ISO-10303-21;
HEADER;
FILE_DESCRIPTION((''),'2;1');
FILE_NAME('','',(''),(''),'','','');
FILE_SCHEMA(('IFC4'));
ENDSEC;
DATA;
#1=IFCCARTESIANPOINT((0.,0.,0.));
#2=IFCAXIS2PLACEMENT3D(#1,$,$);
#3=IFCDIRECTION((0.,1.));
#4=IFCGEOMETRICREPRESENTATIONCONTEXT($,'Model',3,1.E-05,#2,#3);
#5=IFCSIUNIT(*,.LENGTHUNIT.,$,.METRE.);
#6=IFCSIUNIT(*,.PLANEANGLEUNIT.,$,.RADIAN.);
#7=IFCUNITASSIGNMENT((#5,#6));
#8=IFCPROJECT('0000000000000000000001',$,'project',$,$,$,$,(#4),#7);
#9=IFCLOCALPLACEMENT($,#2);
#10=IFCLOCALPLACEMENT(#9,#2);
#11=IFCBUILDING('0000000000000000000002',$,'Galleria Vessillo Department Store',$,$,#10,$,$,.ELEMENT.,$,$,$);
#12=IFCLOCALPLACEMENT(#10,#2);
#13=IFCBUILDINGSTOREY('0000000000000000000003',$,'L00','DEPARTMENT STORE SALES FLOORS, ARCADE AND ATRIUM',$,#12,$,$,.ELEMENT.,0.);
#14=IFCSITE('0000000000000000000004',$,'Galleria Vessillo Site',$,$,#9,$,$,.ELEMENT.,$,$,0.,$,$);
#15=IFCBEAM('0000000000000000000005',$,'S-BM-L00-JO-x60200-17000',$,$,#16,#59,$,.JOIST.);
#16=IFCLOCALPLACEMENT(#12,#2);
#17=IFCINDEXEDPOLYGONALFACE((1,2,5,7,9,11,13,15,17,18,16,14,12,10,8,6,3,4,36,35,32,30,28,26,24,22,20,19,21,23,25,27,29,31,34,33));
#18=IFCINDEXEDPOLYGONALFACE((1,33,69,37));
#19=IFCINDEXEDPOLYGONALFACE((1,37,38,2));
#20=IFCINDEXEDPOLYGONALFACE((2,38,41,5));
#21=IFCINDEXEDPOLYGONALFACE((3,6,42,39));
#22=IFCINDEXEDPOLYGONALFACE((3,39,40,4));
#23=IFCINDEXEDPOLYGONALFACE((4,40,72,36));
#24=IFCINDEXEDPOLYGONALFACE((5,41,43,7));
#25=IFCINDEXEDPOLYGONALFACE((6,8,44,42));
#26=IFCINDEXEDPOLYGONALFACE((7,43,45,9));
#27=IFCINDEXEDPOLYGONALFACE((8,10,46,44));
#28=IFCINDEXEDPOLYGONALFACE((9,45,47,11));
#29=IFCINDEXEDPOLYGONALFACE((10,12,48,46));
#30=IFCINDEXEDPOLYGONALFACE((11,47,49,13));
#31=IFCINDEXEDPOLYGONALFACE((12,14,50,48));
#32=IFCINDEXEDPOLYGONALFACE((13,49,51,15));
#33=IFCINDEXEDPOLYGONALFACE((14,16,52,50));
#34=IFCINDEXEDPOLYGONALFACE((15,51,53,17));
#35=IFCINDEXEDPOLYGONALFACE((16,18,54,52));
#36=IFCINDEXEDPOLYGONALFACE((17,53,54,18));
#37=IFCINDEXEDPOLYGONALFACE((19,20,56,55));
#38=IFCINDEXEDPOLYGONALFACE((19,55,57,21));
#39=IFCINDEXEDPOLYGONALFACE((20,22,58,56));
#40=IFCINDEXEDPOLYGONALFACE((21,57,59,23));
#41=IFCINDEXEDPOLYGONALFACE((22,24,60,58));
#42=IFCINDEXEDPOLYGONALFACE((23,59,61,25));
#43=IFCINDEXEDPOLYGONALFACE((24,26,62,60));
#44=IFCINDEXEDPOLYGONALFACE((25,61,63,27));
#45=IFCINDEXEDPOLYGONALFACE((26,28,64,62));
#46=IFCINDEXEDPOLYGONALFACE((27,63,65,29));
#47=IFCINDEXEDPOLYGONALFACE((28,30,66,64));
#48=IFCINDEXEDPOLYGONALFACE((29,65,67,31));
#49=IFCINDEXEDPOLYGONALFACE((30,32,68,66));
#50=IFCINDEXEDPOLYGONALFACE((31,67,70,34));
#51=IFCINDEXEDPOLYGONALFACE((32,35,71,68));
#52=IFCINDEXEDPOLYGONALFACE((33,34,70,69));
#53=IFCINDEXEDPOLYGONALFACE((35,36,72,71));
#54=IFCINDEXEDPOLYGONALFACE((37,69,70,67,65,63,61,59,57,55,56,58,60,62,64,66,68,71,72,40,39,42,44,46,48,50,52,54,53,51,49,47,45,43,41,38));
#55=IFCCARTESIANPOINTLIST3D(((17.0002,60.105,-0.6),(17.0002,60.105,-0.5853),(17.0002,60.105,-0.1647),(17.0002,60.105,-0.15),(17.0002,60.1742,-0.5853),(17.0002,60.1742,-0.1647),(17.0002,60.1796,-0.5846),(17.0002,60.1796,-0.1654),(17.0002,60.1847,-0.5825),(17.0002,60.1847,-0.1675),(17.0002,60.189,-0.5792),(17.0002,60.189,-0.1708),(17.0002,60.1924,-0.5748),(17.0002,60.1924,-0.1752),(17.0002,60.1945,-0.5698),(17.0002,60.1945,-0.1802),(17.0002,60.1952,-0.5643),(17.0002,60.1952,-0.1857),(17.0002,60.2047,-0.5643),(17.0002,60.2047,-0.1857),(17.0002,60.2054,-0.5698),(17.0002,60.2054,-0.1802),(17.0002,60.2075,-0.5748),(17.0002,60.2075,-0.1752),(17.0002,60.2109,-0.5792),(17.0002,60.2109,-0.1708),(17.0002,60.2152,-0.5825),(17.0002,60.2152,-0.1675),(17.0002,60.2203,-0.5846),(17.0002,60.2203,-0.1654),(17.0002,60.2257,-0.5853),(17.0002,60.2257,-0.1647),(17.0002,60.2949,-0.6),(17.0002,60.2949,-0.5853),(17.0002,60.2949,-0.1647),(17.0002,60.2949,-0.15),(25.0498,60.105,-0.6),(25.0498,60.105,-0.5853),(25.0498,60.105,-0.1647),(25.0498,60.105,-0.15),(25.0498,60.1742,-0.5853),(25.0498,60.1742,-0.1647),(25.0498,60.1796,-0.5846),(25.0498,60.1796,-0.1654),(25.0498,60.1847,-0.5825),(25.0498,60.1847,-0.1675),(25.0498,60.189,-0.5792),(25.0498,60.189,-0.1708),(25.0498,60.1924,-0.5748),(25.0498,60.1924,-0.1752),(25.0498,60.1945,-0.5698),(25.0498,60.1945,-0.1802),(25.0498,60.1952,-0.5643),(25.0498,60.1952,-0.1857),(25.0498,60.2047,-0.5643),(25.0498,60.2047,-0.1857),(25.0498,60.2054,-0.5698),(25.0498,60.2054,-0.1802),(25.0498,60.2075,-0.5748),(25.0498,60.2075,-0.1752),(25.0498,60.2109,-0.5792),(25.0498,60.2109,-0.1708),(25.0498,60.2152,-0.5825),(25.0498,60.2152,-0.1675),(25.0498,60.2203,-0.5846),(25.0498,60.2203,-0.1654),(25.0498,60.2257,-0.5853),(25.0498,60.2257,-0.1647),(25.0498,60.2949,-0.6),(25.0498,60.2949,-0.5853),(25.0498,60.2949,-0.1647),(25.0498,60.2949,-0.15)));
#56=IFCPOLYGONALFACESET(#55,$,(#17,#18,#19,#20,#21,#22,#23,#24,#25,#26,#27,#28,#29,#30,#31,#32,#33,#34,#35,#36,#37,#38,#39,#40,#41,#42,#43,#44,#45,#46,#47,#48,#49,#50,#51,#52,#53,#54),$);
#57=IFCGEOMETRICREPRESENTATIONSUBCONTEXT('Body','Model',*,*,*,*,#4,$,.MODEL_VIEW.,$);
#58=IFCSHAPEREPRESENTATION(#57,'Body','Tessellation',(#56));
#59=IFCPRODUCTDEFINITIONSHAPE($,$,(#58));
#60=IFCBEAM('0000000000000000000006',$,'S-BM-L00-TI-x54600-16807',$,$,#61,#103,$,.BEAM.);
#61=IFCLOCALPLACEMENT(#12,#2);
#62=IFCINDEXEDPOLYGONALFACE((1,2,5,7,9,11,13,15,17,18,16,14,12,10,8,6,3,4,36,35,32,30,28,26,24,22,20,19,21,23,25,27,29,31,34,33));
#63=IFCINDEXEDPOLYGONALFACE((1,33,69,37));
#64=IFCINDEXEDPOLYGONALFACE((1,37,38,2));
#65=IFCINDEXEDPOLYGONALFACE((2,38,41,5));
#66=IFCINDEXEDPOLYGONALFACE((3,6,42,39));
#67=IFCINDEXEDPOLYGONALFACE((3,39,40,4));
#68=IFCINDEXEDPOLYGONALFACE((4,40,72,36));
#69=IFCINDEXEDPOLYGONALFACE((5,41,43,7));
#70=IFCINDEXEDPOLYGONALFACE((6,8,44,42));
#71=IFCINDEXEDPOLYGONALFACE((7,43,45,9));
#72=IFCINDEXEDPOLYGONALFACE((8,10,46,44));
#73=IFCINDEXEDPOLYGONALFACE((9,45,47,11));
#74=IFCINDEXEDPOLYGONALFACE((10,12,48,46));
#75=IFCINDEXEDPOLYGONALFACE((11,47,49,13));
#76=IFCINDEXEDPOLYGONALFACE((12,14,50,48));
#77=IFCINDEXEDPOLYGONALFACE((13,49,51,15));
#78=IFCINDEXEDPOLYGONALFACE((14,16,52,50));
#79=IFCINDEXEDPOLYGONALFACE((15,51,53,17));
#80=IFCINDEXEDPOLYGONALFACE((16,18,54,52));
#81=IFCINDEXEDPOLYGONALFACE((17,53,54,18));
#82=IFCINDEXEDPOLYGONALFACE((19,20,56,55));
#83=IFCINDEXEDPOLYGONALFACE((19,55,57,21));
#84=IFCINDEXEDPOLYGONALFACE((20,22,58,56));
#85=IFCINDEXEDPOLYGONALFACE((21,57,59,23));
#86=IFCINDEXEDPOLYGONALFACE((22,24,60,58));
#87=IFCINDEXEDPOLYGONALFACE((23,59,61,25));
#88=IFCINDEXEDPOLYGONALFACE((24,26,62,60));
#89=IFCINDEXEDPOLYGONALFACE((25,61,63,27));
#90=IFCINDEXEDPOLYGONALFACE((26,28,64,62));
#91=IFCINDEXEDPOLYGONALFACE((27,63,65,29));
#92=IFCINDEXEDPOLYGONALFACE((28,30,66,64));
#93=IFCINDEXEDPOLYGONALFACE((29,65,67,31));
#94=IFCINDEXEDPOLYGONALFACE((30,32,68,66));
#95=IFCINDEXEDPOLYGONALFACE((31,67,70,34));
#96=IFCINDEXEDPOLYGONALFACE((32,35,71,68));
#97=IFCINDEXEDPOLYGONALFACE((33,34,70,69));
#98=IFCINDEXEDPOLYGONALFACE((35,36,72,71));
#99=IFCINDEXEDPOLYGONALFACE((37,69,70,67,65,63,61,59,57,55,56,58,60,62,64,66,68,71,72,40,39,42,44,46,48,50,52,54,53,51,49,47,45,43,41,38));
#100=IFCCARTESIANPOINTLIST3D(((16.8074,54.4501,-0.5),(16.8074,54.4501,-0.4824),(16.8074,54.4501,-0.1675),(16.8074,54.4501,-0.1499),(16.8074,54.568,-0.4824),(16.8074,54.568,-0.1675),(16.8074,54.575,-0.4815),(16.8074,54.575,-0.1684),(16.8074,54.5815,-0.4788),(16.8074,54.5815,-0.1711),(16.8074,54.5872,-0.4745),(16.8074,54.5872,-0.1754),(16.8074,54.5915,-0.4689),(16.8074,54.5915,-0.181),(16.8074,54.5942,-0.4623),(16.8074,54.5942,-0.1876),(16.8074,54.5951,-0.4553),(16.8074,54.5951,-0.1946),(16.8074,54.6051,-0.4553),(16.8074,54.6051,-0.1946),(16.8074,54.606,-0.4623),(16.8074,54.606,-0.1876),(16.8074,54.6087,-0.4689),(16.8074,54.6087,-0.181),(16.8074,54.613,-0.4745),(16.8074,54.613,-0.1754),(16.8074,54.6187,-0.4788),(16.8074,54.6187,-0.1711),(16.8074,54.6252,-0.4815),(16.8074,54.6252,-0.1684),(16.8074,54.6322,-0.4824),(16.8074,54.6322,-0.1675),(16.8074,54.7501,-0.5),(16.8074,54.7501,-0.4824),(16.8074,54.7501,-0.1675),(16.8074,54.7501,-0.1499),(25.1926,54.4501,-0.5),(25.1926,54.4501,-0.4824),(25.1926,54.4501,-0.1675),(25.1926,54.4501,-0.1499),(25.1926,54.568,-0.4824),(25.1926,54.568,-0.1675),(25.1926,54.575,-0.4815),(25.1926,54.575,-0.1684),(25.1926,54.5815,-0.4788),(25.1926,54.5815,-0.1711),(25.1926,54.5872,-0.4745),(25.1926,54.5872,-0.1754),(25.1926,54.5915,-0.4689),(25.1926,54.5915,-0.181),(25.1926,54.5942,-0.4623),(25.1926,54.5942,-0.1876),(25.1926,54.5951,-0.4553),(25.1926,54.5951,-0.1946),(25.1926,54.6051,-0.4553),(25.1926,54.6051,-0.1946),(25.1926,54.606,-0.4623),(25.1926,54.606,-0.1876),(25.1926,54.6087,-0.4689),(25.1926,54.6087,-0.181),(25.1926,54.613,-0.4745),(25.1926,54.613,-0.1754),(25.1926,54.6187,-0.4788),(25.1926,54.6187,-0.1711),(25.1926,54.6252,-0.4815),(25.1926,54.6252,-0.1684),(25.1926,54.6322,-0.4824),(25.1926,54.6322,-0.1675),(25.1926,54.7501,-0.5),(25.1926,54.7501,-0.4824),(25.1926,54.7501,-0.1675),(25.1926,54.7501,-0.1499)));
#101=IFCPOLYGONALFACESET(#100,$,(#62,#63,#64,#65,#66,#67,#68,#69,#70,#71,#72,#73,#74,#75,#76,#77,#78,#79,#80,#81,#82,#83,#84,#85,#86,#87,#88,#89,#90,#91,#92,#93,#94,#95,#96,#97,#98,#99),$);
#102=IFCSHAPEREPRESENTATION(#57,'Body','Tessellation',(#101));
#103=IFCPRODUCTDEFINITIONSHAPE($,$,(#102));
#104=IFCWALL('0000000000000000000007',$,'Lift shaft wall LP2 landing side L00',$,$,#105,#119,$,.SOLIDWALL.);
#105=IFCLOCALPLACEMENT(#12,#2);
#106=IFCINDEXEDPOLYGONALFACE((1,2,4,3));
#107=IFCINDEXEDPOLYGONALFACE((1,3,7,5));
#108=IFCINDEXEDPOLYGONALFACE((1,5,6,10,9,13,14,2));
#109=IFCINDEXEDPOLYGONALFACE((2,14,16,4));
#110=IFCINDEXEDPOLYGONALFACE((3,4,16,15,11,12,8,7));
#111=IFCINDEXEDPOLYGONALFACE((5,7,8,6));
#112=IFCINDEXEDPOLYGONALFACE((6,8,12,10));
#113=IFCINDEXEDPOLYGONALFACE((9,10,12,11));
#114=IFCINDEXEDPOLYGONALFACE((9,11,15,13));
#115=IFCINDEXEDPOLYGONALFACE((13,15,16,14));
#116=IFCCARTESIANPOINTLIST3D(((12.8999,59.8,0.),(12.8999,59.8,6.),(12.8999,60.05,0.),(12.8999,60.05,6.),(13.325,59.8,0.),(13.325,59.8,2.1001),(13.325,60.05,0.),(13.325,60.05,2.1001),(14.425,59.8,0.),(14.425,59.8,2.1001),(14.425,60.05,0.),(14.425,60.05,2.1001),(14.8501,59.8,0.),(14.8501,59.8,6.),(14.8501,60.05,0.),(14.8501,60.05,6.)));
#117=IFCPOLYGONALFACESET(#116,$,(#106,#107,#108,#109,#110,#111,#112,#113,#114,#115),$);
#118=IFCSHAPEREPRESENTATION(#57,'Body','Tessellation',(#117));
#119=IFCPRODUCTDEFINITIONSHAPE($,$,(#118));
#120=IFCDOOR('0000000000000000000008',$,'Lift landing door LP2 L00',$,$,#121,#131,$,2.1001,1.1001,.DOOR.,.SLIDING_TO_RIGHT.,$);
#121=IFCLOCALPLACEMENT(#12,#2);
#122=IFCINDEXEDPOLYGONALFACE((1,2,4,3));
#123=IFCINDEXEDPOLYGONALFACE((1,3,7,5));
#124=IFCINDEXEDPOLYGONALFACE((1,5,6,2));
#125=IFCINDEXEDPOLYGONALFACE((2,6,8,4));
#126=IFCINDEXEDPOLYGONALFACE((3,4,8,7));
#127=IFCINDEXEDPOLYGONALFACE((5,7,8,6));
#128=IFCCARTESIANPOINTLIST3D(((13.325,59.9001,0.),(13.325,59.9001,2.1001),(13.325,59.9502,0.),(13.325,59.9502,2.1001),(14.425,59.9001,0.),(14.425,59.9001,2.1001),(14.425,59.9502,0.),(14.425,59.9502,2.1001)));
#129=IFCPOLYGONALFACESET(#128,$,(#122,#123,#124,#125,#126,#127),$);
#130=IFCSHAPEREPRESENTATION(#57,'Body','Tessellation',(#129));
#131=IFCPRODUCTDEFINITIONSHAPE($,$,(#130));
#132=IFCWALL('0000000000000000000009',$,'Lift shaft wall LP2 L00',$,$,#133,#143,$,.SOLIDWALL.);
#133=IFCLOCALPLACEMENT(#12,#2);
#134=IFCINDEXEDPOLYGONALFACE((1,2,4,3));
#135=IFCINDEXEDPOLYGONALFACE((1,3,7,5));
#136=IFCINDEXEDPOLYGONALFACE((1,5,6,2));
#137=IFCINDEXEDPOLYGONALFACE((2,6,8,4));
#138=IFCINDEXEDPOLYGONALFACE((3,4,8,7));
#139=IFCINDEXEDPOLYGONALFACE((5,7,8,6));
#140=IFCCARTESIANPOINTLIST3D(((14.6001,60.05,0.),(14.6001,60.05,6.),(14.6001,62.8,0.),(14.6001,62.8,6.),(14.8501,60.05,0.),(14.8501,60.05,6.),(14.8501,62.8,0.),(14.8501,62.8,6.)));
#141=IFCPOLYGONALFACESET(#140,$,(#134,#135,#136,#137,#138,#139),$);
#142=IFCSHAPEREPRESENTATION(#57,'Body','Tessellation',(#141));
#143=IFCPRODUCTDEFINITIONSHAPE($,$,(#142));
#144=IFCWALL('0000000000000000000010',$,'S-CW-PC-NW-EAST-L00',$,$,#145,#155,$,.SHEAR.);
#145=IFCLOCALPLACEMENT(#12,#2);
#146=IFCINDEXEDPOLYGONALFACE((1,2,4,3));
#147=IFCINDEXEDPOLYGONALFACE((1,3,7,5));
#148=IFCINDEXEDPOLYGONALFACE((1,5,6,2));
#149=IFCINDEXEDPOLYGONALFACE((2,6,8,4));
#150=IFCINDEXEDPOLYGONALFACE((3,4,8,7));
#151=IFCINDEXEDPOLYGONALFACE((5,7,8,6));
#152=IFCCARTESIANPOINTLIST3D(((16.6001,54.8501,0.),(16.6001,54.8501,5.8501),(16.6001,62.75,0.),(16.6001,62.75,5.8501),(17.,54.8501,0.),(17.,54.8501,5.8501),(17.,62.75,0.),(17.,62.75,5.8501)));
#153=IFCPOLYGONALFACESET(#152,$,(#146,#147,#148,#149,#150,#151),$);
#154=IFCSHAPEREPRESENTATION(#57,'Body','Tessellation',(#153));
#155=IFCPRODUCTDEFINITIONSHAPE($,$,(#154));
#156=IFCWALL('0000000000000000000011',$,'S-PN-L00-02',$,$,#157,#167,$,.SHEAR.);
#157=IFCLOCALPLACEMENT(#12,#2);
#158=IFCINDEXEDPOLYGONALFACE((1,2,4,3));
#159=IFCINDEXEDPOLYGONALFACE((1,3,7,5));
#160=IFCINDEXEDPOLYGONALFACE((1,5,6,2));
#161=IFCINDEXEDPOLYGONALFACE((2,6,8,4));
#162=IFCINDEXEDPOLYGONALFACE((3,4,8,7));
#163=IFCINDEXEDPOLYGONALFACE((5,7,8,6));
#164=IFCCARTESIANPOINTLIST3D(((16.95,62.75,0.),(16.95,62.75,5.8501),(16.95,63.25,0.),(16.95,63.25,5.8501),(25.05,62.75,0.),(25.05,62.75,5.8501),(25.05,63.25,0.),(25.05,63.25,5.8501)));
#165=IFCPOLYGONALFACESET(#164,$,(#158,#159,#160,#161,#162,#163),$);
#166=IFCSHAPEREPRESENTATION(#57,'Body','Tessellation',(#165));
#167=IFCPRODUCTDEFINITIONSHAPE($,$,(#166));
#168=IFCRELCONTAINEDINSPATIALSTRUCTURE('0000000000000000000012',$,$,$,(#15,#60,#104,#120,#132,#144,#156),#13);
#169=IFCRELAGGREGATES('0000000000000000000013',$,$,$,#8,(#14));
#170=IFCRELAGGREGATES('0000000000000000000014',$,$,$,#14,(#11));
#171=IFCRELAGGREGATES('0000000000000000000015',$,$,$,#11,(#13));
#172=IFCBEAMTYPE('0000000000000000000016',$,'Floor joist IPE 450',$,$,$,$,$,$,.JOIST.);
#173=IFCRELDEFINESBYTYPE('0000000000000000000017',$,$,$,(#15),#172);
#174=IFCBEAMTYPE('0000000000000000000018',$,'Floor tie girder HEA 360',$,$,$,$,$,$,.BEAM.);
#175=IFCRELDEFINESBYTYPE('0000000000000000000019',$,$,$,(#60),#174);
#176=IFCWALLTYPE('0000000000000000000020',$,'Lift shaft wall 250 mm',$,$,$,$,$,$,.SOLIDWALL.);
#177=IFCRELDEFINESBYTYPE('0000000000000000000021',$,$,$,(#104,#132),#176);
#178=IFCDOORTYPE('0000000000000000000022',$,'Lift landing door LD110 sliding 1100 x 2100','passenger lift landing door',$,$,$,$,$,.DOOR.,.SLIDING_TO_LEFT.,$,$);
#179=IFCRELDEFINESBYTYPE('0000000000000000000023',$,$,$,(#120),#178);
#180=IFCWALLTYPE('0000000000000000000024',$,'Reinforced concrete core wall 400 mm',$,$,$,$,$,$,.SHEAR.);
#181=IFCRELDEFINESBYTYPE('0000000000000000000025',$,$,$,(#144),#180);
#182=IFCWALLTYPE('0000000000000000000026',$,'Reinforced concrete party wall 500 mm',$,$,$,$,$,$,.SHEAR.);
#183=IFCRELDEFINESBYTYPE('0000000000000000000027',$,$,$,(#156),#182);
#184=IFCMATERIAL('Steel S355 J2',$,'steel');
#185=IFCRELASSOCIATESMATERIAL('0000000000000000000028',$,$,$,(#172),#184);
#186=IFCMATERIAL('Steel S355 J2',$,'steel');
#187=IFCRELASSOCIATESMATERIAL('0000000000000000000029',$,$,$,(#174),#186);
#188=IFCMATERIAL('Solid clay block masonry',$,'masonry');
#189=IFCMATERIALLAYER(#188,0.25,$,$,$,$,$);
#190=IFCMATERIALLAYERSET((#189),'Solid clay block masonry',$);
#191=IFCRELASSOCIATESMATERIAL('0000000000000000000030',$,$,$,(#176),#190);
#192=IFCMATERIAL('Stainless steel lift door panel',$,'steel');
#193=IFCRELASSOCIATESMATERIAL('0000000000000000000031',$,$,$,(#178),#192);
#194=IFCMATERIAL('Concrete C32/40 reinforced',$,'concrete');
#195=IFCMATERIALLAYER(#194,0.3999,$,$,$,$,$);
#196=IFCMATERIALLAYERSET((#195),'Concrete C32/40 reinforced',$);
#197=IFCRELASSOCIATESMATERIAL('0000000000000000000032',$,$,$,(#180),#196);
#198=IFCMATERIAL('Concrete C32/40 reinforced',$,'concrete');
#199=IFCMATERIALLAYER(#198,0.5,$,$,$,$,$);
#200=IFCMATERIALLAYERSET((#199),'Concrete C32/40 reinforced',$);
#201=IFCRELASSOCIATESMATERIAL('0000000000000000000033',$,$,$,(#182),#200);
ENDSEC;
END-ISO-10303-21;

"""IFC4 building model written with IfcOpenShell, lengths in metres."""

from ifc_helpers import new_model, si_unit, direction, frame, frame_2d, origin, origin_2d, place, context, subcontext, project, spatial, rectangle, i_section, extrude, material, layer, layer_set, material_profile, profile_set, type_object, element, fill, save


model = new_model("IFC4")

# Units and contexts
model_context = context("Model", 3, precision=1e-05, world=origin(), true_north=direction((0.0, 1.0)))
body_context = subcontext(model_context, "Body", "Model", "MODEL_VIEW")
ifc_project = project(units=[si_unit("LENGTHUNIT", "METRE"), si_unit("PLANEANGLEUNIT", "RADIAN")], contexts=[model_context])

# Site, building, storey
site_placement = place(None, origin())
site = spatial("IfcSite", under=ifc_project, at=site_placement, Name="Galleria Vessillo Site", CompositionType="ELEMENT", RefElevation=0.0)
building_placement = place(site_placement, origin())
building = spatial("IfcBuilding", under=site, at=building_placement, Name="Galleria Vessillo Department Store", CompositionType="ELEMENT")
storey_placement = place(building_placement, origin())
storey = spatial("IfcBuildingStorey", under=building, at=storey_placement, Name="L00", Description="DEPARTMENT STORE SALES FLOORS, ARCADE AND ATRIUM", CompositionType="ELEMENT", Elevation=0.0)

# Beams
ifc_material_1 = material(Name="Steel S355 J2", Category="steel")
ifc_material_profile_1 = material_profile(ifc_material_1, i_section(OverallWidth=0.1899, OverallDepth=0.45, WebThickness=0.0095, FlangeThickness=0.0146, FilletRadius=0.021, at=origin_2d()), Name="IPE 450")
ifc_profile_set_1 = profile_set([ifc_material_profile_1], Name="Steel S355 J2")
beam_type_1 = type_object("IfcBeamType", Name="Floor joist IPE 450", PredefinedType="JOIST", material=ifc_profile_set_1)
for number, where, z_axis, x_axis, name in (
    (1, (17.0002, 60.2, -0.375), (1.0, 0.0, 0.0), (0.0, 1.0, 0.0), "S-BM-L00-JO-x60200-17000"),
):
    element("IfcBeam", number, at=place(storey_placement, frame(where, z_axis=z_axis, x_axis=x_axis)), inside=storey, type_object=beam_type_1, Name=name, PredefinedType="JOIST", context=body_context, shape_type="SweptSolid", body=[
        extrude(i_section(OverallWidth=0.1899, OverallDepth=0.45, WebThickness=0.0095, FlangeThickness=0.0146, FilletRadius=0.021, at=origin_2d()), origin(), (0.0, 0.0, 1.0), 8.0496),
    ])
ifc_material_2 = material(Name="Steel S355 J2", Category="steel")
ifc_material_profile_2 = material_profile(ifc_material_2, i_section(OverallWidth=0.3, OverallDepth=0.3501, WebThickness=0.01, FlangeThickness=0.0176, FilletRadius=0.0271, at=origin_2d()), Name="HEA 360")
ifc_profile_set_2 = profile_set([ifc_material_profile_2], Name="Steel S355 J2")
beam_type_2 = type_object("IfcBeamType", Name="Floor tie girder HEA 360", PredefinedType="BEAM", material=ifc_profile_set_2)
beam_1_placement = place(storey_placement, frame((16.8074, 54.6001, -0.325), z_axis=(1.0, 0.0, 0.0), x_axis=(0.0, 1.0, 0.0)))
element("IfcBeam", 2, at=beam_1_placement, inside=storey, type_object=beam_type_2, Name="S-BM-L00-TI-x54600-16807", PredefinedType="BEAM", context=body_context, shape_type="SweptSolid", body=[
    extrude(i_section(OverallWidth=0.3, OverallDepth=0.3501, WebThickness=0.01, FlangeThickness=0.0176, FilletRadius=0.0271, at=origin_2d()), origin(), (0.0, 0.0, 1.0), 8.3853),
])

# Wall, opening, door
ifc_material_3 = material(Name="Solid clay block masonry", Category="masonry")
ifc_layer_1 = layer(ifc_material_3, 0.25)
ifc_layer_set_1 = layer_set([ifc_layer_1], Name="Solid clay block masonry")
wall_type_1 = type_object("IfcWallType", Name="Lift shaft wall 250 mm", PredefinedType="SOLIDWALL", material=ifc_layer_set_1)
wall_1_placement = place(storey_placement, frame((12.8999, 59.925, 0.0), z_axis=(0.0, 0.0, 1.0), x_axis=(1.0, 0.0, 0.0)))
wall_1 = element("IfcWall", 3, at=wall_1_placement, inside=storey, type_object=wall_type_1, Name="Lift shaft wall LP2 landing side L00", PredefinedType="SOLIDWALL", context=body_context, shape_type="SweptSolid", body=[
    extrude(rectangle(XDim=1.9502, YDim=0.25, at=frame_2d((0.9751, 0.0))), origin(), (0.0, 0.0, 1.0), 6.0),
])
opening_1_placement = place(wall_1_placement, frame((0.425, 0.0, 0.0)))
opening_1 = element("IfcOpeningElement", 4, at=opening_1_placement, cuts=wall_1, PredefinedType="OPENING", context=body_context, shape_type="SweptSolid", body=[
    extrude(rectangle(XDim=1.1001, YDim=2.1001, at=frame_2d((0.55, 1.05))), frame((0.0, 0.135, 0.0), z_axis=(0.0, -1.0, 0.0), x_axis=(1.0, 0.0, 0.0)), (0.0, 0.0, 1.0), 0.27),
])
ifc_material_4 = material(Name="Stainless steel lift door panel", Category="steel")
door_type_1 = type_object("IfcDoorType", Name="Lift landing door LD110 sliding 1100 x 2100", Description="passenger lift landing door", OperationType="SLIDING_TO_LEFT", PredefinedType="DOOR", material=ifc_material_4)
door_1_placement = place(opening_1_placement, frame((1.1001, 0.0, 0.0), z_axis=(0.0, 0.0, 1.0), x_axis=(-1.0, 0.0, 0.0)))
door_1 = element("IfcDoor", 5, at=door_1_placement, inside=storey, type_object=door_type_1, Name="Lift landing door LP2 L00", OperationType="SLIDING_TO_RIGHT", OverallHeight=2.1001, OverallWidth=1.1001, PredefinedType="DOOR", context=body_context, shape_type="SweptSolid", body=[
    extrude(rectangle(XDim=1.1001, YDim=2.1001, at=frame_2d((0.55, 1.05))), frame((0.0, 0.0249, 0.0), z_axis=(0.0, -1.0, 0.0), x_axis=(1.0, 0.0, 0.0)), (0.0, 0.0, 1.0), 0.05),
])
fill(opening_1, door_1)

# Walls
wall_2_placement = place(storey_placement, frame((14.7251, 62.8, 0.0), z_axis=(0.0, 0.0, 1.0), x_axis=(0.0, -1.0, 0.0)))
element("IfcWall", 6, at=wall_2_placement, inside=storey, type_object=wall_type_1, Name="Lift shaft wall LP2 L00", PredefinedType="SOLIDWALL", context=body_context, shape_type="SweptSolid", body=[
    extrude(rectangle(XDim=2.75, YDim=0.25, at=frame_2d((1.375, 0.0))), origin(), (0.0, 0.0, 1.0), 6.0),
])
ifc_material_5 = material(Name="Concrete C32/40 reinforced", Category="concrete")
ifc_layer_2 = layer(ifc_material_5, 0.3999)
ifc_layer_set_2 = layer_set([ifc_layer_2], Name="Concrete C32/40 reinforced")
wall_type_2 = type_object("IfcWallType", Name="Reinforced concrete core wall 400 mm", PredefinedType="SHEAR", material=ifc_layer_set_2)
wall_3_placement = place(storey_placement, frame((16.8, 54.8501, 0.0), z_axis=(0.0, 0.0, 1.0), x_axis=(0.0, 1.0, 0.0)))
element("IfcWall", 7, at=wall_3_placement, inside=storey, type_object=wall_type_2, Name="S-CW-PC-NW-EAST-L00", PredefinedType="SHEAR", context=body_context, shape_type="SweptSolid", body=[
    extrude(rectangle(XDim=7.8999, YDim=0.3999, at=frame_2d((3.95, 0.0))), origin(), (0.0, 0.0, 1.0), 5.8501),
])
ifc_material_6 = material(Name="Concrete C32/40 reinforced", Category="concrete")
ifc_layer_3 = layer(ifc_material_6, 0.5)
ifc_layer_set_3 = layer_set([ifc_layer_3], Name="Concrete C32/40 reinforced")
wall_type_3 = type_object("IfcWallType", Name="Reinforced concrete party wall 500 mm", PredefinedType="SHEAR", material=ifc_layer_set_3)
wall_4_placement = place(storey_placement, frame((16.95, 63.0, 0.0), z_axis=(0.0, 0.0, 1.0), x_axis=(1.0, 0.0, 0.0)))
element("IfcWall", 8, at=wall_4_placement, inside=storey, type_object=wall_type_3, Name="S-PN-L00-02", PredefinedType="SHEAR", context=body_context, shape_type="SweptSolid", body=[
    extrude(rectangle(XDim=8.1001, YDim=0.5, at=frame_2d((4.05, 0.0))), origin(), (0.0, 0.0, 1.0), 5.8501),
])

save(model, "model.ifc")
